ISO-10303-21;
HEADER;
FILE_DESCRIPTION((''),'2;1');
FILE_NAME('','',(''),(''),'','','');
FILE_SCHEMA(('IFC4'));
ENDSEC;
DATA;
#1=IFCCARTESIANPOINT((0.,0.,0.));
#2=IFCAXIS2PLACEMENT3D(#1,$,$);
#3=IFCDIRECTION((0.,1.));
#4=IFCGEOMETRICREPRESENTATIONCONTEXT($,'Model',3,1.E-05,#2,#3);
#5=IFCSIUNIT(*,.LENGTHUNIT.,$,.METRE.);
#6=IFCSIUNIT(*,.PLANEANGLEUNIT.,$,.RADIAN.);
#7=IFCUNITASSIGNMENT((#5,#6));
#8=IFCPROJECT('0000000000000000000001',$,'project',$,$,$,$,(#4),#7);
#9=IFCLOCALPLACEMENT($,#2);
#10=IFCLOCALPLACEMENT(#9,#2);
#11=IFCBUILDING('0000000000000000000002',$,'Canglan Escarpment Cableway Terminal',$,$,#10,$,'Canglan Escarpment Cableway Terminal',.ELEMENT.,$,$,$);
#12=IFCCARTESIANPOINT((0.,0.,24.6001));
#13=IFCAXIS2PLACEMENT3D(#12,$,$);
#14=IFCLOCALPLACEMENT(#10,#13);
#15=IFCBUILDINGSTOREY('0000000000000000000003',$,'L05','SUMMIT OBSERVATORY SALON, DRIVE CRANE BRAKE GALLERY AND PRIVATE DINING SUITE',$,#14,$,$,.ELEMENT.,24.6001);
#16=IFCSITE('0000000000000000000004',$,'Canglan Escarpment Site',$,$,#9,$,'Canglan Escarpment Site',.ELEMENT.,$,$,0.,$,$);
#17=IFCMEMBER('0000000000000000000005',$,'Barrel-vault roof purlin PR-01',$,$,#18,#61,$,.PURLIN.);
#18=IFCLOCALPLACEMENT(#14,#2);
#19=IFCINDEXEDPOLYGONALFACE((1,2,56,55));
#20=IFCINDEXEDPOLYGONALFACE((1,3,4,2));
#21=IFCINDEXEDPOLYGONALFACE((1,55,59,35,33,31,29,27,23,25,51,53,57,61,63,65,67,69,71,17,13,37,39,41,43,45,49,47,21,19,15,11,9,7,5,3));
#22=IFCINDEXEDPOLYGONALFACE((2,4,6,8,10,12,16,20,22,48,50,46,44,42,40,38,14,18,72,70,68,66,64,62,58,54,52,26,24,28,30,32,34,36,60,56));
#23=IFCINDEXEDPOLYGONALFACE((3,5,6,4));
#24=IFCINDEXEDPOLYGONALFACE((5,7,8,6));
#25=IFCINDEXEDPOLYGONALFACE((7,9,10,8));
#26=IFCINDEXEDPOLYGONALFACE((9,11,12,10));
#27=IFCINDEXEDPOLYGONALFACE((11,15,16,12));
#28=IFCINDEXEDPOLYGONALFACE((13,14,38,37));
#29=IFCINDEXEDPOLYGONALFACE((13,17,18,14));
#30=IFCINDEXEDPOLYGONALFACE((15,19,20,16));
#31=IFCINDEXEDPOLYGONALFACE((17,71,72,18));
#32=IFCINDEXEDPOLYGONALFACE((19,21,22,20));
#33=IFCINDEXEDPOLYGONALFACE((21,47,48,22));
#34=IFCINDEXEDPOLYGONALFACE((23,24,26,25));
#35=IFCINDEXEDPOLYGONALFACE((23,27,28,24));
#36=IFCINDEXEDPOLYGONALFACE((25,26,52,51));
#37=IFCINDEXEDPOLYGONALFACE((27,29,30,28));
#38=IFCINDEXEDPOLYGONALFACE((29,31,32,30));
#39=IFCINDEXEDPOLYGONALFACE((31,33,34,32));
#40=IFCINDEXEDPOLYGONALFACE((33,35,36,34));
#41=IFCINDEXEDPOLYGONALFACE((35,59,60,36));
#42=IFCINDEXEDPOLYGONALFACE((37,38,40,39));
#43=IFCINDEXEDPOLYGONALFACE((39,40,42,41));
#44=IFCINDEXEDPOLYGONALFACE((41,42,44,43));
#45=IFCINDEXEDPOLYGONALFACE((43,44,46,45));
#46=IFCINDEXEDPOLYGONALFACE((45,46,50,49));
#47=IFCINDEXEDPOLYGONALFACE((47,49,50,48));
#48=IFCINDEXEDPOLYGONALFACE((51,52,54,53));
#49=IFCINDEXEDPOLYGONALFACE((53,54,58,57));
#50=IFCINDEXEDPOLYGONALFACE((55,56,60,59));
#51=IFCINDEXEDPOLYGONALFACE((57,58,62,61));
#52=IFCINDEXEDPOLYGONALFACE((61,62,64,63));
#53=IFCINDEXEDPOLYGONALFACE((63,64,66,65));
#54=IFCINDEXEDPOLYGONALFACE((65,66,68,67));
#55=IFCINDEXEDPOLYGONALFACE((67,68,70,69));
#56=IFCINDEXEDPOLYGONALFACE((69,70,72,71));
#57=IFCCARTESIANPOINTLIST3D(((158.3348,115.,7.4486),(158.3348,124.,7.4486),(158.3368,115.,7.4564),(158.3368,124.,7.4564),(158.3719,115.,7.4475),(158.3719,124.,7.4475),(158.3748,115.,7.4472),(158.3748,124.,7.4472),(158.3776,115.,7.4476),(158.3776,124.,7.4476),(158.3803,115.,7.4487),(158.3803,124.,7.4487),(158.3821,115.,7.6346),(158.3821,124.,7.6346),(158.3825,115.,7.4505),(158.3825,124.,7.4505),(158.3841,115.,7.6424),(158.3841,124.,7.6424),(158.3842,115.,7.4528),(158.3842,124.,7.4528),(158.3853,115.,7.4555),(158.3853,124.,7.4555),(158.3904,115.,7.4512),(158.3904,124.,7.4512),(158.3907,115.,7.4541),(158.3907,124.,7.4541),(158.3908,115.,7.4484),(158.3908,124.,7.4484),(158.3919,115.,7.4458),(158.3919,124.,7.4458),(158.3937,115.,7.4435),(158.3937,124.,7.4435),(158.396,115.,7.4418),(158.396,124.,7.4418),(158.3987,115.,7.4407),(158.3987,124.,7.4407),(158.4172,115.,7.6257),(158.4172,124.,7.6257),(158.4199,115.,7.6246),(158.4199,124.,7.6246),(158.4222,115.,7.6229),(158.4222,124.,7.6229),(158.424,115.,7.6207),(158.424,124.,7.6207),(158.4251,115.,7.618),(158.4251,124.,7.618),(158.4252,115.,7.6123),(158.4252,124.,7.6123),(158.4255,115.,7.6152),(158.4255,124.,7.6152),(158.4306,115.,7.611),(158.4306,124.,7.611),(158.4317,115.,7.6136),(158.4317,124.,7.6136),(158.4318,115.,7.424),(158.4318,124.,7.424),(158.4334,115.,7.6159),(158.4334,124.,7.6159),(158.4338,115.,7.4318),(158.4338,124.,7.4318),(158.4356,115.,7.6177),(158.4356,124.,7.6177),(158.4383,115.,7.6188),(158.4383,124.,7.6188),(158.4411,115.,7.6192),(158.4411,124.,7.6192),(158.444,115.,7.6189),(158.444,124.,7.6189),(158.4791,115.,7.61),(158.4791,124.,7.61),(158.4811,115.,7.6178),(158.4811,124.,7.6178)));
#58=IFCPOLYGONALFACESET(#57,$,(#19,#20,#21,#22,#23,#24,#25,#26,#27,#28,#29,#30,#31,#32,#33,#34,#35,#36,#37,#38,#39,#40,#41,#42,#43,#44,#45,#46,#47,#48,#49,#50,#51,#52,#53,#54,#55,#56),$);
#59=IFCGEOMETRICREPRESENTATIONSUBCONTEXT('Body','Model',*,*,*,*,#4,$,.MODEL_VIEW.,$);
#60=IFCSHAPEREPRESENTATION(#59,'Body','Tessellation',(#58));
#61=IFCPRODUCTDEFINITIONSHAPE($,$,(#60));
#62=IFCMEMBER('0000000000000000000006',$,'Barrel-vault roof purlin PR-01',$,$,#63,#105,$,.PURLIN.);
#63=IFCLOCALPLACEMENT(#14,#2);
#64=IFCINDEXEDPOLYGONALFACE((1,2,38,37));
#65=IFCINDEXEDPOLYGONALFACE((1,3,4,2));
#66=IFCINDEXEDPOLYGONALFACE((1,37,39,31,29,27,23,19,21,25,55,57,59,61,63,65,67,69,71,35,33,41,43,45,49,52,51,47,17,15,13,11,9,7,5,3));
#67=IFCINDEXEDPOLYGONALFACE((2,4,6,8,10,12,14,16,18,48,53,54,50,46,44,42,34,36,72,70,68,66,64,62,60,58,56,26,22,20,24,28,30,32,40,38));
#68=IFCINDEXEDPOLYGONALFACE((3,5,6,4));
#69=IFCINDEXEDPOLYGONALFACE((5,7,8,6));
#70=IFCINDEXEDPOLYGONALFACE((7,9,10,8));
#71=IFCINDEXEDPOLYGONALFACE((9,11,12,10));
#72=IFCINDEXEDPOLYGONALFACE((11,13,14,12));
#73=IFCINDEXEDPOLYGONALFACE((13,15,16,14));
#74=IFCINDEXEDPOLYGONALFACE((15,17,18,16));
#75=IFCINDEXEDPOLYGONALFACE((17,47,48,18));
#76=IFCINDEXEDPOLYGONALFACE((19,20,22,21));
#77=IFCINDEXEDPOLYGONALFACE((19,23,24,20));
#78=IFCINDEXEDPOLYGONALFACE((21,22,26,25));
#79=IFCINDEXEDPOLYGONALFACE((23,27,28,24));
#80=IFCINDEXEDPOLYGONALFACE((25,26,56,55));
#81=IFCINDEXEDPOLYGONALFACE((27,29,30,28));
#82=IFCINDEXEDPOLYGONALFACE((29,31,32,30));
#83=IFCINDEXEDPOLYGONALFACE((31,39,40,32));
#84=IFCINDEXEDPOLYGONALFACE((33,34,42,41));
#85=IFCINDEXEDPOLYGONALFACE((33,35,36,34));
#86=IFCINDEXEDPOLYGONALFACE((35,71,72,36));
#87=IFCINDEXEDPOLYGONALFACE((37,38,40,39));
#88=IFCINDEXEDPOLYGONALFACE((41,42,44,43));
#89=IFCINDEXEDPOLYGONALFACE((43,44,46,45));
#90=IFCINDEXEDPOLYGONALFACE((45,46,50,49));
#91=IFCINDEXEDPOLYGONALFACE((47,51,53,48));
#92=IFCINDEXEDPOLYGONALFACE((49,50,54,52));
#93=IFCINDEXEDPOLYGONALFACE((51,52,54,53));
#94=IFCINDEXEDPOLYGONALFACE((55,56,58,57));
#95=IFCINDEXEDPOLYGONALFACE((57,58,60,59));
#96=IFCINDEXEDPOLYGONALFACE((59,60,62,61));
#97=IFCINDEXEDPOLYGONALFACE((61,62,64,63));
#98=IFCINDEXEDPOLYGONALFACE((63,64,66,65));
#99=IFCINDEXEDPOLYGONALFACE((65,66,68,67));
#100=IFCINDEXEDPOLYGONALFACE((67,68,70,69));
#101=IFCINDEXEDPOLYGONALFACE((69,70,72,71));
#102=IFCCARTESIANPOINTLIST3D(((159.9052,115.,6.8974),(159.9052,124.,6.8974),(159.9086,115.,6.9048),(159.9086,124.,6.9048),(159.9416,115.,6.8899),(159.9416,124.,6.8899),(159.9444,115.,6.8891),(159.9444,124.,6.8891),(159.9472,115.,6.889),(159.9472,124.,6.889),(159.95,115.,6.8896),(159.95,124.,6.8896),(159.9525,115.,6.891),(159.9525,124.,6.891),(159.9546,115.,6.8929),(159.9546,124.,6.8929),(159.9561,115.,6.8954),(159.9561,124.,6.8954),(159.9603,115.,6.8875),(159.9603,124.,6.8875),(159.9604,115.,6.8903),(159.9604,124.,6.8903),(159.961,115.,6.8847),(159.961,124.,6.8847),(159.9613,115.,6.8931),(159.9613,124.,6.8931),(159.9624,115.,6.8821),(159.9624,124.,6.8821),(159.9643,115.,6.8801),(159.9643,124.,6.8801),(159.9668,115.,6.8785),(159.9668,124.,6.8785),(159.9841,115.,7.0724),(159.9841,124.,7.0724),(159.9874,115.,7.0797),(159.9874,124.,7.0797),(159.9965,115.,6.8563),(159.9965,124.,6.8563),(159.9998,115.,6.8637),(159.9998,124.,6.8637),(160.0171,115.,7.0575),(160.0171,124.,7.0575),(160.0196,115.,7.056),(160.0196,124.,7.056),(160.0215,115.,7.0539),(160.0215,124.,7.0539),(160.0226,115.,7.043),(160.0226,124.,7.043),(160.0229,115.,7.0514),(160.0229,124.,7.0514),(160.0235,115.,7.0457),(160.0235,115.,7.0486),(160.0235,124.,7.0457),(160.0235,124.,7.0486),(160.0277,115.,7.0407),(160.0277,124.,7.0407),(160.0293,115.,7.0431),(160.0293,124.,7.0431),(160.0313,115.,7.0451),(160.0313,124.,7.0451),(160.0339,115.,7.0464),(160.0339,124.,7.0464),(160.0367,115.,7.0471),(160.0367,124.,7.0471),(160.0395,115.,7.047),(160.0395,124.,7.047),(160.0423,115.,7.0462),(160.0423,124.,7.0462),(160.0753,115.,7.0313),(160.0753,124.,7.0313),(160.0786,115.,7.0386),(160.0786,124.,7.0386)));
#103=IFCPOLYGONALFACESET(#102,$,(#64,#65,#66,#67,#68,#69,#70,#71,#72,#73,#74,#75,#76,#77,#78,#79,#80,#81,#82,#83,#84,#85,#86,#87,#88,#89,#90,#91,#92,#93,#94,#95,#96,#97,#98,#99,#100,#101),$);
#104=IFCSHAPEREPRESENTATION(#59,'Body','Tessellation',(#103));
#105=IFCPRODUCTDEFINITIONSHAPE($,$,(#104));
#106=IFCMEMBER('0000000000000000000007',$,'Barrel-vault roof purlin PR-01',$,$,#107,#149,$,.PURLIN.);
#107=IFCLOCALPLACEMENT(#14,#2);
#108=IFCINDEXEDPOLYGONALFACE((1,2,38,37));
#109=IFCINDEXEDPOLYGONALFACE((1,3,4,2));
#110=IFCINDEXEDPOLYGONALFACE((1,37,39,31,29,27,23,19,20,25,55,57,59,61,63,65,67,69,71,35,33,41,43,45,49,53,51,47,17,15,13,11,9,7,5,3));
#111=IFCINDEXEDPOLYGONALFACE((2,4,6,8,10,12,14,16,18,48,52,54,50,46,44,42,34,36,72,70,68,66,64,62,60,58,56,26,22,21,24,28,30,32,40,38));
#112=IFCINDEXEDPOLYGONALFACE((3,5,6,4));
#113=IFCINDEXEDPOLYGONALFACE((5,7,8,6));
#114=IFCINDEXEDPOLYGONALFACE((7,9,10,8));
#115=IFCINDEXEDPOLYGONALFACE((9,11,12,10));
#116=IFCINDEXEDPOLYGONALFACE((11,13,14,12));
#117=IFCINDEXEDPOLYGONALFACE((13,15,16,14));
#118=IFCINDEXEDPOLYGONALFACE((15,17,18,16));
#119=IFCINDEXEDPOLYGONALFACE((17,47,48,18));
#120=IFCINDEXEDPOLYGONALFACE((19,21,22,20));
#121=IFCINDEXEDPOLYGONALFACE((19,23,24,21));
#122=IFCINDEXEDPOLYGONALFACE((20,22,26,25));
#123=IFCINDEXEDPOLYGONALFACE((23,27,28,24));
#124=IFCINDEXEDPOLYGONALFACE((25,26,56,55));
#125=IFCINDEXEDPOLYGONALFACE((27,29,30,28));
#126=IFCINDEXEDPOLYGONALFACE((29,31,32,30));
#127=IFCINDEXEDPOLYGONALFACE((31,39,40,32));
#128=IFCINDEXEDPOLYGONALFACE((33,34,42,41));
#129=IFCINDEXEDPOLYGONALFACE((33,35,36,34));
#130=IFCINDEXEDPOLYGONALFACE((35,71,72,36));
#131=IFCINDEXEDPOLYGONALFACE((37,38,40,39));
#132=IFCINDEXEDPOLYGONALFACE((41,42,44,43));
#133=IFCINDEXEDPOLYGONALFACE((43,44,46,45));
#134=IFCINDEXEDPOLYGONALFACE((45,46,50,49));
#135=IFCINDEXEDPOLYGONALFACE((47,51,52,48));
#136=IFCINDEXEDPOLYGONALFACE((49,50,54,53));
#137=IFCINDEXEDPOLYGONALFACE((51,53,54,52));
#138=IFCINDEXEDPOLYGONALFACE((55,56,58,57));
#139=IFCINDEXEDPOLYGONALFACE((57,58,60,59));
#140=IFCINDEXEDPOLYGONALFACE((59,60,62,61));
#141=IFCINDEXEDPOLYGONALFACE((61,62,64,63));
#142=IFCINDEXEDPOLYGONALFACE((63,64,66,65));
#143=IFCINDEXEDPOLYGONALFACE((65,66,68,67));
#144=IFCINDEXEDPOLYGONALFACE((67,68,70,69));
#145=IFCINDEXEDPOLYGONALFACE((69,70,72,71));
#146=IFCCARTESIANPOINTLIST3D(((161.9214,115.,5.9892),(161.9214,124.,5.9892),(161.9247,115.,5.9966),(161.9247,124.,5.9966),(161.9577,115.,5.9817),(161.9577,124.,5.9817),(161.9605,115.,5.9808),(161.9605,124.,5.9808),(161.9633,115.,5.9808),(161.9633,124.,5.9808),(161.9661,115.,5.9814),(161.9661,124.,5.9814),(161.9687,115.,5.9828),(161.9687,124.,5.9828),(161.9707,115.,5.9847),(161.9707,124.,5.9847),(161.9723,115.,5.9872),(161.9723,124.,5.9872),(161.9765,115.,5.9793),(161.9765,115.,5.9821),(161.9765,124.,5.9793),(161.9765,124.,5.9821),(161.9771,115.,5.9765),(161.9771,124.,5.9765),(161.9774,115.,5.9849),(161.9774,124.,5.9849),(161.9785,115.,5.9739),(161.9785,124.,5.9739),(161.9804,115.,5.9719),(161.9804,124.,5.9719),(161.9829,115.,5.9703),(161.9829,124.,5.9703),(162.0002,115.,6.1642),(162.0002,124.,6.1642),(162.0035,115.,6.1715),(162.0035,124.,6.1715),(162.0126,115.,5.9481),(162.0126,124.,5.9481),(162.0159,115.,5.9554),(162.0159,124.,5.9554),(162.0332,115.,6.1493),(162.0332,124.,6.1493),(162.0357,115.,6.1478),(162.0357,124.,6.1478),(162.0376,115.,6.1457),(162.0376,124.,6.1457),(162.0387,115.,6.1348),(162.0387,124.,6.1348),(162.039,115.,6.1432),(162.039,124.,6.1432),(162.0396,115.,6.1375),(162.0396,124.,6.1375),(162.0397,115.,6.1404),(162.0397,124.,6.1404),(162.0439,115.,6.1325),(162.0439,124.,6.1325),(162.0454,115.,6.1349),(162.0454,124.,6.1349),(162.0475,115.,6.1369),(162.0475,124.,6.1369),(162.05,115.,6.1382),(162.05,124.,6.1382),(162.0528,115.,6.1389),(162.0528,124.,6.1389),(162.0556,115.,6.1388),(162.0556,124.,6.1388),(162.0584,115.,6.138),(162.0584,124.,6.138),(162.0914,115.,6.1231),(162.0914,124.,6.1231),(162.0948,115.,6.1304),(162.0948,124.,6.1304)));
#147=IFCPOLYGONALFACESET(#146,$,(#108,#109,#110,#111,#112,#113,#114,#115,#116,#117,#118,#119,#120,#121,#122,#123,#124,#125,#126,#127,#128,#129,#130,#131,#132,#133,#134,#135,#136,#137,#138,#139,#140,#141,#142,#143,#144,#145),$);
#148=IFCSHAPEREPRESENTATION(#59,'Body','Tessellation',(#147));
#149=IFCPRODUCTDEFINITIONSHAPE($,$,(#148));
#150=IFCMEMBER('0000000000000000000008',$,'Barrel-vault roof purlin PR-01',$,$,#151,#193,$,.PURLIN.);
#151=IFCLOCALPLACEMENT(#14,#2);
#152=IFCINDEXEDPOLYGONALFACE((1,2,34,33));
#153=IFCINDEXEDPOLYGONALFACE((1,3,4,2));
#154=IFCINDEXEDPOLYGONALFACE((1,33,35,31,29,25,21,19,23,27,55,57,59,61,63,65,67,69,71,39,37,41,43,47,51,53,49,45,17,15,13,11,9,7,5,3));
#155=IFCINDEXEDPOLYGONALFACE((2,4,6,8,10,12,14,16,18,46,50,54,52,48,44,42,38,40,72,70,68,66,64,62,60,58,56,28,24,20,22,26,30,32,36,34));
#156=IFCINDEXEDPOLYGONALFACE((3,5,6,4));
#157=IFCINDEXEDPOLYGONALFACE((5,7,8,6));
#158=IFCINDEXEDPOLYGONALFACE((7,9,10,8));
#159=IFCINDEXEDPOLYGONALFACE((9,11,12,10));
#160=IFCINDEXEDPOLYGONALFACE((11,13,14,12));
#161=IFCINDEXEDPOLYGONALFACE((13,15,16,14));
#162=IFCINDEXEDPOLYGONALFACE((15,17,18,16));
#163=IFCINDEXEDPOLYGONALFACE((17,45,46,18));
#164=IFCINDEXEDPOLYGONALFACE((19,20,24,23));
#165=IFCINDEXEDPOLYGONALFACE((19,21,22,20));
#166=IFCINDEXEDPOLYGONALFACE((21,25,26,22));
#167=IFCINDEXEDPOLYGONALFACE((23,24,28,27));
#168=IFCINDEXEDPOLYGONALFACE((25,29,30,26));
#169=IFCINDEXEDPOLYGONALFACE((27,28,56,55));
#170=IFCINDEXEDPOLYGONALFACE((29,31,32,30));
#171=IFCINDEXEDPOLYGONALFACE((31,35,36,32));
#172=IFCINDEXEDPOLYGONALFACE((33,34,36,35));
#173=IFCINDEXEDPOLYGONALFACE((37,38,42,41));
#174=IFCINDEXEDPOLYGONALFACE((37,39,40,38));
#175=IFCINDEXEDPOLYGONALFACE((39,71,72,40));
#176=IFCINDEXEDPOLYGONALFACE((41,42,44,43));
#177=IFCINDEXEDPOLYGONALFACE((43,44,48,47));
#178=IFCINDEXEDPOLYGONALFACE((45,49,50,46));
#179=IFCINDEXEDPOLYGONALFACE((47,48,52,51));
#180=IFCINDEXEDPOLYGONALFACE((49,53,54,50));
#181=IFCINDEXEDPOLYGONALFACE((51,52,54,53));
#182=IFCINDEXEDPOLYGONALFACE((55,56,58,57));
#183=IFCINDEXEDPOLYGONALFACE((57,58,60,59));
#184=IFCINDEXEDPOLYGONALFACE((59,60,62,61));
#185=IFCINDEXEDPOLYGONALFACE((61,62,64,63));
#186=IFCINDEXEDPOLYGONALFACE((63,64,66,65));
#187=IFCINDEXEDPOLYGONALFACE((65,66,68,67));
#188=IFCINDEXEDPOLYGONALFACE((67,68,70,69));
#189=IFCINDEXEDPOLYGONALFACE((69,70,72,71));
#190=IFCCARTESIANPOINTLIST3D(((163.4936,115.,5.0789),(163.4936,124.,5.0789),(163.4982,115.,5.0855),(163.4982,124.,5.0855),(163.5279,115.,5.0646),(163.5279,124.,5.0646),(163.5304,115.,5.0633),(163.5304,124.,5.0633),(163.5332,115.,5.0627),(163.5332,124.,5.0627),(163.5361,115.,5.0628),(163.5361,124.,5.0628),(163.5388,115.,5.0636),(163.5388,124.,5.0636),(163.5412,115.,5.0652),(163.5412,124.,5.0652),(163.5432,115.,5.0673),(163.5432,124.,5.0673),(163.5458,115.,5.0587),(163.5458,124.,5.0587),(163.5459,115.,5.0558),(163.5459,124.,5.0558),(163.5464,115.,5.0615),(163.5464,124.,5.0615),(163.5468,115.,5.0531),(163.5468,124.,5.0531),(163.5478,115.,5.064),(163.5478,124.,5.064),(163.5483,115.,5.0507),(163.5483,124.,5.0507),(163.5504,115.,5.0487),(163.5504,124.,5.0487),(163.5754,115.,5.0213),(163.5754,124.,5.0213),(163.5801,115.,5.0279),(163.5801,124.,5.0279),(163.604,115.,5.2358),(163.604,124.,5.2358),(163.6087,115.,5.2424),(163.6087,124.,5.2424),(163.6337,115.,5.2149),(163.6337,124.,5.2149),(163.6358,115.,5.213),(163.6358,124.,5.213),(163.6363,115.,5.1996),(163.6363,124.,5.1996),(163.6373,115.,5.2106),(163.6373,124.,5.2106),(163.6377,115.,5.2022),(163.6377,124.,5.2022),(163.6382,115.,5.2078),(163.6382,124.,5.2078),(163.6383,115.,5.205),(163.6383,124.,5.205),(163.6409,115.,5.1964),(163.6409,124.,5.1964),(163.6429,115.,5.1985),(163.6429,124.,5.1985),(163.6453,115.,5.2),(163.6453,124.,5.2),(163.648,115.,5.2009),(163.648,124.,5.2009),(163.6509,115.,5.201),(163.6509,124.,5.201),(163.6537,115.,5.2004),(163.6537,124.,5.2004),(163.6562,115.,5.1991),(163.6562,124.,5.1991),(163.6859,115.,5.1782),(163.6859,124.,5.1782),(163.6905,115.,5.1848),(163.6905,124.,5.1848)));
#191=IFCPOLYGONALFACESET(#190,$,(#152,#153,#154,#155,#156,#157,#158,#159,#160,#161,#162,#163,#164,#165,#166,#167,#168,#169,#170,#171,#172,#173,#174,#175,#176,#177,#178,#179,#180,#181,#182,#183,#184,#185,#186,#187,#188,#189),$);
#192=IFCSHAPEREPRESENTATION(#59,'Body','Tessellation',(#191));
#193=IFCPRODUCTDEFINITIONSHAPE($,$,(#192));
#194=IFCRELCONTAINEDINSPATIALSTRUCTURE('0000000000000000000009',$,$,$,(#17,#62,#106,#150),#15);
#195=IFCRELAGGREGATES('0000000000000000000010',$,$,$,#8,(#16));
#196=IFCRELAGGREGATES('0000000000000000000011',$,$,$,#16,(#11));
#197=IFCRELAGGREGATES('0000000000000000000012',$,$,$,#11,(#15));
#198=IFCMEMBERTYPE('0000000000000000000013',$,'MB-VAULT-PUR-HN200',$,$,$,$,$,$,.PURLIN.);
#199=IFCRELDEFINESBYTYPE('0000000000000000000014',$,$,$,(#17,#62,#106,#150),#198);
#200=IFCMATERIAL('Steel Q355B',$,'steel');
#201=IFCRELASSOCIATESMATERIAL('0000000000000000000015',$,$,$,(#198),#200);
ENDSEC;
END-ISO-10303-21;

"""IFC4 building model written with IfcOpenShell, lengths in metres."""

from ifc_helpers import new_model, si_unit, direction, frame, origin, origin_2d, place, context, subcontext, project, spatial, i_section, extrude, material, material_profile, profile_set, type_object, element, save


model = new_model("IFC4")

# Units and contexts
model_context = context("Model", 3, precision=1e-05, world=origin(), true_north=direction((0.0, 1.0)))
body_context = subcontext(model_context, "Body", "Model", "MODEL_VIEW")
ifc_project = project(units=[si_unit("LENGTHUNIT", "METRE"), si_unit("PLANEANGLEUNIT", "RADIAN")], contexts=[model_context])

# Site, building, storey
site_placement = place(None, origin())
site = spatial("IfcSite", under=ifc_project, at=site_placement, Name="Canglan Escarpment Site", LongName="Canglan Escarpment Site", CompositionType="ELEMENT", RefElevation=0.0)
building_placement = place(site_placement, origin())
building = spatial("IfcBuilding", under=site, at=building_placement, Name="Canglan Escarpment Cableway Terminal", LongName="Canglan Escarpment Cableway Terminal", CompositionType="ELEMENT")
storey_placement = place(building_placement, frame((0.0, 0.0, 24.6001)))
storey = spatial("IfcBuildingStorey", under=building, at=storey_placement, Name="L05", Description="SUMMIT OBSERVATORY SALON, DRIVE CRANE BRAKE GALLERY AND PRIVATE DINING SUITE", CompositionType="ELEMENT", Elevation=24.6001)

# Shared definitions
ifc_material_1 = material(Name="Steel Q355B", Category="steel")

# Members
ifc_material_profile_1 = material_profile(ifc_material_1, i_section(OverallWidth=0.1001, OverallDepth=0.2, WebThickness=0.0056, FlangeThickness=0.0081, FilletRadius=0.011, at=origin_2d()), Name="HN 200x100x5.5x8")
ifc_profile_set_1 = profile_set([ifc_material_profile_1], Name="Steel Q355B")
member_type_1 = type_object("IfcMemberType", Name="MB-VAULT-PUR-HN200", PredefinedType="PURLIN", material=ifc_profile_set_1)
for number, where, z_axis, x_axis, name in (
    (1, (158.408, 115.0, 7.5332), (0.0, 1.0, 0.0), (-0.969184, 0.0, 0.246339), "Barrel-vault roof purlin PR-01"),
    (2, (159.9919, 115.0, 6.968), (0.0, 1.0, 0.0), (-0.911741, 0.0, 0.410767), "Barrel-vault roof purlin PR-01"),
    (3, (162.0081, 115.0, 6.0598), (0.0, 1.0, 0.0), (-0.911741, 0.0, 0.410767), "Barrel-vault roof purlin PR-01"),
    (4, (163.592, 115.0, 5.1318), (0.0, 1.0, 0.0), (-0.817728, 0.0, 0.575605), "Barrel-vault roof purlin PR-01"),
):
    element("IfcMember", number, at=place(storey_placement, frame(where, z_axis=z_axis, x_axis=x_axis)), inside=storey, type_object=member_type_1, Name=name, PredefinedType="PURLIN", context=body_context, shape_type="SweptSolid", body=[
        extrude(i_section(OverallWidth=0.1001, OverallDepth=0.2, WebThickness=0.0056, FlangeThickness=0.0081, FilletRadius=0.011, at=origin_2d()), origin(), (0.0, 0.0, 1.0), 9.0),
    ])

save(model, "model.ifc")
